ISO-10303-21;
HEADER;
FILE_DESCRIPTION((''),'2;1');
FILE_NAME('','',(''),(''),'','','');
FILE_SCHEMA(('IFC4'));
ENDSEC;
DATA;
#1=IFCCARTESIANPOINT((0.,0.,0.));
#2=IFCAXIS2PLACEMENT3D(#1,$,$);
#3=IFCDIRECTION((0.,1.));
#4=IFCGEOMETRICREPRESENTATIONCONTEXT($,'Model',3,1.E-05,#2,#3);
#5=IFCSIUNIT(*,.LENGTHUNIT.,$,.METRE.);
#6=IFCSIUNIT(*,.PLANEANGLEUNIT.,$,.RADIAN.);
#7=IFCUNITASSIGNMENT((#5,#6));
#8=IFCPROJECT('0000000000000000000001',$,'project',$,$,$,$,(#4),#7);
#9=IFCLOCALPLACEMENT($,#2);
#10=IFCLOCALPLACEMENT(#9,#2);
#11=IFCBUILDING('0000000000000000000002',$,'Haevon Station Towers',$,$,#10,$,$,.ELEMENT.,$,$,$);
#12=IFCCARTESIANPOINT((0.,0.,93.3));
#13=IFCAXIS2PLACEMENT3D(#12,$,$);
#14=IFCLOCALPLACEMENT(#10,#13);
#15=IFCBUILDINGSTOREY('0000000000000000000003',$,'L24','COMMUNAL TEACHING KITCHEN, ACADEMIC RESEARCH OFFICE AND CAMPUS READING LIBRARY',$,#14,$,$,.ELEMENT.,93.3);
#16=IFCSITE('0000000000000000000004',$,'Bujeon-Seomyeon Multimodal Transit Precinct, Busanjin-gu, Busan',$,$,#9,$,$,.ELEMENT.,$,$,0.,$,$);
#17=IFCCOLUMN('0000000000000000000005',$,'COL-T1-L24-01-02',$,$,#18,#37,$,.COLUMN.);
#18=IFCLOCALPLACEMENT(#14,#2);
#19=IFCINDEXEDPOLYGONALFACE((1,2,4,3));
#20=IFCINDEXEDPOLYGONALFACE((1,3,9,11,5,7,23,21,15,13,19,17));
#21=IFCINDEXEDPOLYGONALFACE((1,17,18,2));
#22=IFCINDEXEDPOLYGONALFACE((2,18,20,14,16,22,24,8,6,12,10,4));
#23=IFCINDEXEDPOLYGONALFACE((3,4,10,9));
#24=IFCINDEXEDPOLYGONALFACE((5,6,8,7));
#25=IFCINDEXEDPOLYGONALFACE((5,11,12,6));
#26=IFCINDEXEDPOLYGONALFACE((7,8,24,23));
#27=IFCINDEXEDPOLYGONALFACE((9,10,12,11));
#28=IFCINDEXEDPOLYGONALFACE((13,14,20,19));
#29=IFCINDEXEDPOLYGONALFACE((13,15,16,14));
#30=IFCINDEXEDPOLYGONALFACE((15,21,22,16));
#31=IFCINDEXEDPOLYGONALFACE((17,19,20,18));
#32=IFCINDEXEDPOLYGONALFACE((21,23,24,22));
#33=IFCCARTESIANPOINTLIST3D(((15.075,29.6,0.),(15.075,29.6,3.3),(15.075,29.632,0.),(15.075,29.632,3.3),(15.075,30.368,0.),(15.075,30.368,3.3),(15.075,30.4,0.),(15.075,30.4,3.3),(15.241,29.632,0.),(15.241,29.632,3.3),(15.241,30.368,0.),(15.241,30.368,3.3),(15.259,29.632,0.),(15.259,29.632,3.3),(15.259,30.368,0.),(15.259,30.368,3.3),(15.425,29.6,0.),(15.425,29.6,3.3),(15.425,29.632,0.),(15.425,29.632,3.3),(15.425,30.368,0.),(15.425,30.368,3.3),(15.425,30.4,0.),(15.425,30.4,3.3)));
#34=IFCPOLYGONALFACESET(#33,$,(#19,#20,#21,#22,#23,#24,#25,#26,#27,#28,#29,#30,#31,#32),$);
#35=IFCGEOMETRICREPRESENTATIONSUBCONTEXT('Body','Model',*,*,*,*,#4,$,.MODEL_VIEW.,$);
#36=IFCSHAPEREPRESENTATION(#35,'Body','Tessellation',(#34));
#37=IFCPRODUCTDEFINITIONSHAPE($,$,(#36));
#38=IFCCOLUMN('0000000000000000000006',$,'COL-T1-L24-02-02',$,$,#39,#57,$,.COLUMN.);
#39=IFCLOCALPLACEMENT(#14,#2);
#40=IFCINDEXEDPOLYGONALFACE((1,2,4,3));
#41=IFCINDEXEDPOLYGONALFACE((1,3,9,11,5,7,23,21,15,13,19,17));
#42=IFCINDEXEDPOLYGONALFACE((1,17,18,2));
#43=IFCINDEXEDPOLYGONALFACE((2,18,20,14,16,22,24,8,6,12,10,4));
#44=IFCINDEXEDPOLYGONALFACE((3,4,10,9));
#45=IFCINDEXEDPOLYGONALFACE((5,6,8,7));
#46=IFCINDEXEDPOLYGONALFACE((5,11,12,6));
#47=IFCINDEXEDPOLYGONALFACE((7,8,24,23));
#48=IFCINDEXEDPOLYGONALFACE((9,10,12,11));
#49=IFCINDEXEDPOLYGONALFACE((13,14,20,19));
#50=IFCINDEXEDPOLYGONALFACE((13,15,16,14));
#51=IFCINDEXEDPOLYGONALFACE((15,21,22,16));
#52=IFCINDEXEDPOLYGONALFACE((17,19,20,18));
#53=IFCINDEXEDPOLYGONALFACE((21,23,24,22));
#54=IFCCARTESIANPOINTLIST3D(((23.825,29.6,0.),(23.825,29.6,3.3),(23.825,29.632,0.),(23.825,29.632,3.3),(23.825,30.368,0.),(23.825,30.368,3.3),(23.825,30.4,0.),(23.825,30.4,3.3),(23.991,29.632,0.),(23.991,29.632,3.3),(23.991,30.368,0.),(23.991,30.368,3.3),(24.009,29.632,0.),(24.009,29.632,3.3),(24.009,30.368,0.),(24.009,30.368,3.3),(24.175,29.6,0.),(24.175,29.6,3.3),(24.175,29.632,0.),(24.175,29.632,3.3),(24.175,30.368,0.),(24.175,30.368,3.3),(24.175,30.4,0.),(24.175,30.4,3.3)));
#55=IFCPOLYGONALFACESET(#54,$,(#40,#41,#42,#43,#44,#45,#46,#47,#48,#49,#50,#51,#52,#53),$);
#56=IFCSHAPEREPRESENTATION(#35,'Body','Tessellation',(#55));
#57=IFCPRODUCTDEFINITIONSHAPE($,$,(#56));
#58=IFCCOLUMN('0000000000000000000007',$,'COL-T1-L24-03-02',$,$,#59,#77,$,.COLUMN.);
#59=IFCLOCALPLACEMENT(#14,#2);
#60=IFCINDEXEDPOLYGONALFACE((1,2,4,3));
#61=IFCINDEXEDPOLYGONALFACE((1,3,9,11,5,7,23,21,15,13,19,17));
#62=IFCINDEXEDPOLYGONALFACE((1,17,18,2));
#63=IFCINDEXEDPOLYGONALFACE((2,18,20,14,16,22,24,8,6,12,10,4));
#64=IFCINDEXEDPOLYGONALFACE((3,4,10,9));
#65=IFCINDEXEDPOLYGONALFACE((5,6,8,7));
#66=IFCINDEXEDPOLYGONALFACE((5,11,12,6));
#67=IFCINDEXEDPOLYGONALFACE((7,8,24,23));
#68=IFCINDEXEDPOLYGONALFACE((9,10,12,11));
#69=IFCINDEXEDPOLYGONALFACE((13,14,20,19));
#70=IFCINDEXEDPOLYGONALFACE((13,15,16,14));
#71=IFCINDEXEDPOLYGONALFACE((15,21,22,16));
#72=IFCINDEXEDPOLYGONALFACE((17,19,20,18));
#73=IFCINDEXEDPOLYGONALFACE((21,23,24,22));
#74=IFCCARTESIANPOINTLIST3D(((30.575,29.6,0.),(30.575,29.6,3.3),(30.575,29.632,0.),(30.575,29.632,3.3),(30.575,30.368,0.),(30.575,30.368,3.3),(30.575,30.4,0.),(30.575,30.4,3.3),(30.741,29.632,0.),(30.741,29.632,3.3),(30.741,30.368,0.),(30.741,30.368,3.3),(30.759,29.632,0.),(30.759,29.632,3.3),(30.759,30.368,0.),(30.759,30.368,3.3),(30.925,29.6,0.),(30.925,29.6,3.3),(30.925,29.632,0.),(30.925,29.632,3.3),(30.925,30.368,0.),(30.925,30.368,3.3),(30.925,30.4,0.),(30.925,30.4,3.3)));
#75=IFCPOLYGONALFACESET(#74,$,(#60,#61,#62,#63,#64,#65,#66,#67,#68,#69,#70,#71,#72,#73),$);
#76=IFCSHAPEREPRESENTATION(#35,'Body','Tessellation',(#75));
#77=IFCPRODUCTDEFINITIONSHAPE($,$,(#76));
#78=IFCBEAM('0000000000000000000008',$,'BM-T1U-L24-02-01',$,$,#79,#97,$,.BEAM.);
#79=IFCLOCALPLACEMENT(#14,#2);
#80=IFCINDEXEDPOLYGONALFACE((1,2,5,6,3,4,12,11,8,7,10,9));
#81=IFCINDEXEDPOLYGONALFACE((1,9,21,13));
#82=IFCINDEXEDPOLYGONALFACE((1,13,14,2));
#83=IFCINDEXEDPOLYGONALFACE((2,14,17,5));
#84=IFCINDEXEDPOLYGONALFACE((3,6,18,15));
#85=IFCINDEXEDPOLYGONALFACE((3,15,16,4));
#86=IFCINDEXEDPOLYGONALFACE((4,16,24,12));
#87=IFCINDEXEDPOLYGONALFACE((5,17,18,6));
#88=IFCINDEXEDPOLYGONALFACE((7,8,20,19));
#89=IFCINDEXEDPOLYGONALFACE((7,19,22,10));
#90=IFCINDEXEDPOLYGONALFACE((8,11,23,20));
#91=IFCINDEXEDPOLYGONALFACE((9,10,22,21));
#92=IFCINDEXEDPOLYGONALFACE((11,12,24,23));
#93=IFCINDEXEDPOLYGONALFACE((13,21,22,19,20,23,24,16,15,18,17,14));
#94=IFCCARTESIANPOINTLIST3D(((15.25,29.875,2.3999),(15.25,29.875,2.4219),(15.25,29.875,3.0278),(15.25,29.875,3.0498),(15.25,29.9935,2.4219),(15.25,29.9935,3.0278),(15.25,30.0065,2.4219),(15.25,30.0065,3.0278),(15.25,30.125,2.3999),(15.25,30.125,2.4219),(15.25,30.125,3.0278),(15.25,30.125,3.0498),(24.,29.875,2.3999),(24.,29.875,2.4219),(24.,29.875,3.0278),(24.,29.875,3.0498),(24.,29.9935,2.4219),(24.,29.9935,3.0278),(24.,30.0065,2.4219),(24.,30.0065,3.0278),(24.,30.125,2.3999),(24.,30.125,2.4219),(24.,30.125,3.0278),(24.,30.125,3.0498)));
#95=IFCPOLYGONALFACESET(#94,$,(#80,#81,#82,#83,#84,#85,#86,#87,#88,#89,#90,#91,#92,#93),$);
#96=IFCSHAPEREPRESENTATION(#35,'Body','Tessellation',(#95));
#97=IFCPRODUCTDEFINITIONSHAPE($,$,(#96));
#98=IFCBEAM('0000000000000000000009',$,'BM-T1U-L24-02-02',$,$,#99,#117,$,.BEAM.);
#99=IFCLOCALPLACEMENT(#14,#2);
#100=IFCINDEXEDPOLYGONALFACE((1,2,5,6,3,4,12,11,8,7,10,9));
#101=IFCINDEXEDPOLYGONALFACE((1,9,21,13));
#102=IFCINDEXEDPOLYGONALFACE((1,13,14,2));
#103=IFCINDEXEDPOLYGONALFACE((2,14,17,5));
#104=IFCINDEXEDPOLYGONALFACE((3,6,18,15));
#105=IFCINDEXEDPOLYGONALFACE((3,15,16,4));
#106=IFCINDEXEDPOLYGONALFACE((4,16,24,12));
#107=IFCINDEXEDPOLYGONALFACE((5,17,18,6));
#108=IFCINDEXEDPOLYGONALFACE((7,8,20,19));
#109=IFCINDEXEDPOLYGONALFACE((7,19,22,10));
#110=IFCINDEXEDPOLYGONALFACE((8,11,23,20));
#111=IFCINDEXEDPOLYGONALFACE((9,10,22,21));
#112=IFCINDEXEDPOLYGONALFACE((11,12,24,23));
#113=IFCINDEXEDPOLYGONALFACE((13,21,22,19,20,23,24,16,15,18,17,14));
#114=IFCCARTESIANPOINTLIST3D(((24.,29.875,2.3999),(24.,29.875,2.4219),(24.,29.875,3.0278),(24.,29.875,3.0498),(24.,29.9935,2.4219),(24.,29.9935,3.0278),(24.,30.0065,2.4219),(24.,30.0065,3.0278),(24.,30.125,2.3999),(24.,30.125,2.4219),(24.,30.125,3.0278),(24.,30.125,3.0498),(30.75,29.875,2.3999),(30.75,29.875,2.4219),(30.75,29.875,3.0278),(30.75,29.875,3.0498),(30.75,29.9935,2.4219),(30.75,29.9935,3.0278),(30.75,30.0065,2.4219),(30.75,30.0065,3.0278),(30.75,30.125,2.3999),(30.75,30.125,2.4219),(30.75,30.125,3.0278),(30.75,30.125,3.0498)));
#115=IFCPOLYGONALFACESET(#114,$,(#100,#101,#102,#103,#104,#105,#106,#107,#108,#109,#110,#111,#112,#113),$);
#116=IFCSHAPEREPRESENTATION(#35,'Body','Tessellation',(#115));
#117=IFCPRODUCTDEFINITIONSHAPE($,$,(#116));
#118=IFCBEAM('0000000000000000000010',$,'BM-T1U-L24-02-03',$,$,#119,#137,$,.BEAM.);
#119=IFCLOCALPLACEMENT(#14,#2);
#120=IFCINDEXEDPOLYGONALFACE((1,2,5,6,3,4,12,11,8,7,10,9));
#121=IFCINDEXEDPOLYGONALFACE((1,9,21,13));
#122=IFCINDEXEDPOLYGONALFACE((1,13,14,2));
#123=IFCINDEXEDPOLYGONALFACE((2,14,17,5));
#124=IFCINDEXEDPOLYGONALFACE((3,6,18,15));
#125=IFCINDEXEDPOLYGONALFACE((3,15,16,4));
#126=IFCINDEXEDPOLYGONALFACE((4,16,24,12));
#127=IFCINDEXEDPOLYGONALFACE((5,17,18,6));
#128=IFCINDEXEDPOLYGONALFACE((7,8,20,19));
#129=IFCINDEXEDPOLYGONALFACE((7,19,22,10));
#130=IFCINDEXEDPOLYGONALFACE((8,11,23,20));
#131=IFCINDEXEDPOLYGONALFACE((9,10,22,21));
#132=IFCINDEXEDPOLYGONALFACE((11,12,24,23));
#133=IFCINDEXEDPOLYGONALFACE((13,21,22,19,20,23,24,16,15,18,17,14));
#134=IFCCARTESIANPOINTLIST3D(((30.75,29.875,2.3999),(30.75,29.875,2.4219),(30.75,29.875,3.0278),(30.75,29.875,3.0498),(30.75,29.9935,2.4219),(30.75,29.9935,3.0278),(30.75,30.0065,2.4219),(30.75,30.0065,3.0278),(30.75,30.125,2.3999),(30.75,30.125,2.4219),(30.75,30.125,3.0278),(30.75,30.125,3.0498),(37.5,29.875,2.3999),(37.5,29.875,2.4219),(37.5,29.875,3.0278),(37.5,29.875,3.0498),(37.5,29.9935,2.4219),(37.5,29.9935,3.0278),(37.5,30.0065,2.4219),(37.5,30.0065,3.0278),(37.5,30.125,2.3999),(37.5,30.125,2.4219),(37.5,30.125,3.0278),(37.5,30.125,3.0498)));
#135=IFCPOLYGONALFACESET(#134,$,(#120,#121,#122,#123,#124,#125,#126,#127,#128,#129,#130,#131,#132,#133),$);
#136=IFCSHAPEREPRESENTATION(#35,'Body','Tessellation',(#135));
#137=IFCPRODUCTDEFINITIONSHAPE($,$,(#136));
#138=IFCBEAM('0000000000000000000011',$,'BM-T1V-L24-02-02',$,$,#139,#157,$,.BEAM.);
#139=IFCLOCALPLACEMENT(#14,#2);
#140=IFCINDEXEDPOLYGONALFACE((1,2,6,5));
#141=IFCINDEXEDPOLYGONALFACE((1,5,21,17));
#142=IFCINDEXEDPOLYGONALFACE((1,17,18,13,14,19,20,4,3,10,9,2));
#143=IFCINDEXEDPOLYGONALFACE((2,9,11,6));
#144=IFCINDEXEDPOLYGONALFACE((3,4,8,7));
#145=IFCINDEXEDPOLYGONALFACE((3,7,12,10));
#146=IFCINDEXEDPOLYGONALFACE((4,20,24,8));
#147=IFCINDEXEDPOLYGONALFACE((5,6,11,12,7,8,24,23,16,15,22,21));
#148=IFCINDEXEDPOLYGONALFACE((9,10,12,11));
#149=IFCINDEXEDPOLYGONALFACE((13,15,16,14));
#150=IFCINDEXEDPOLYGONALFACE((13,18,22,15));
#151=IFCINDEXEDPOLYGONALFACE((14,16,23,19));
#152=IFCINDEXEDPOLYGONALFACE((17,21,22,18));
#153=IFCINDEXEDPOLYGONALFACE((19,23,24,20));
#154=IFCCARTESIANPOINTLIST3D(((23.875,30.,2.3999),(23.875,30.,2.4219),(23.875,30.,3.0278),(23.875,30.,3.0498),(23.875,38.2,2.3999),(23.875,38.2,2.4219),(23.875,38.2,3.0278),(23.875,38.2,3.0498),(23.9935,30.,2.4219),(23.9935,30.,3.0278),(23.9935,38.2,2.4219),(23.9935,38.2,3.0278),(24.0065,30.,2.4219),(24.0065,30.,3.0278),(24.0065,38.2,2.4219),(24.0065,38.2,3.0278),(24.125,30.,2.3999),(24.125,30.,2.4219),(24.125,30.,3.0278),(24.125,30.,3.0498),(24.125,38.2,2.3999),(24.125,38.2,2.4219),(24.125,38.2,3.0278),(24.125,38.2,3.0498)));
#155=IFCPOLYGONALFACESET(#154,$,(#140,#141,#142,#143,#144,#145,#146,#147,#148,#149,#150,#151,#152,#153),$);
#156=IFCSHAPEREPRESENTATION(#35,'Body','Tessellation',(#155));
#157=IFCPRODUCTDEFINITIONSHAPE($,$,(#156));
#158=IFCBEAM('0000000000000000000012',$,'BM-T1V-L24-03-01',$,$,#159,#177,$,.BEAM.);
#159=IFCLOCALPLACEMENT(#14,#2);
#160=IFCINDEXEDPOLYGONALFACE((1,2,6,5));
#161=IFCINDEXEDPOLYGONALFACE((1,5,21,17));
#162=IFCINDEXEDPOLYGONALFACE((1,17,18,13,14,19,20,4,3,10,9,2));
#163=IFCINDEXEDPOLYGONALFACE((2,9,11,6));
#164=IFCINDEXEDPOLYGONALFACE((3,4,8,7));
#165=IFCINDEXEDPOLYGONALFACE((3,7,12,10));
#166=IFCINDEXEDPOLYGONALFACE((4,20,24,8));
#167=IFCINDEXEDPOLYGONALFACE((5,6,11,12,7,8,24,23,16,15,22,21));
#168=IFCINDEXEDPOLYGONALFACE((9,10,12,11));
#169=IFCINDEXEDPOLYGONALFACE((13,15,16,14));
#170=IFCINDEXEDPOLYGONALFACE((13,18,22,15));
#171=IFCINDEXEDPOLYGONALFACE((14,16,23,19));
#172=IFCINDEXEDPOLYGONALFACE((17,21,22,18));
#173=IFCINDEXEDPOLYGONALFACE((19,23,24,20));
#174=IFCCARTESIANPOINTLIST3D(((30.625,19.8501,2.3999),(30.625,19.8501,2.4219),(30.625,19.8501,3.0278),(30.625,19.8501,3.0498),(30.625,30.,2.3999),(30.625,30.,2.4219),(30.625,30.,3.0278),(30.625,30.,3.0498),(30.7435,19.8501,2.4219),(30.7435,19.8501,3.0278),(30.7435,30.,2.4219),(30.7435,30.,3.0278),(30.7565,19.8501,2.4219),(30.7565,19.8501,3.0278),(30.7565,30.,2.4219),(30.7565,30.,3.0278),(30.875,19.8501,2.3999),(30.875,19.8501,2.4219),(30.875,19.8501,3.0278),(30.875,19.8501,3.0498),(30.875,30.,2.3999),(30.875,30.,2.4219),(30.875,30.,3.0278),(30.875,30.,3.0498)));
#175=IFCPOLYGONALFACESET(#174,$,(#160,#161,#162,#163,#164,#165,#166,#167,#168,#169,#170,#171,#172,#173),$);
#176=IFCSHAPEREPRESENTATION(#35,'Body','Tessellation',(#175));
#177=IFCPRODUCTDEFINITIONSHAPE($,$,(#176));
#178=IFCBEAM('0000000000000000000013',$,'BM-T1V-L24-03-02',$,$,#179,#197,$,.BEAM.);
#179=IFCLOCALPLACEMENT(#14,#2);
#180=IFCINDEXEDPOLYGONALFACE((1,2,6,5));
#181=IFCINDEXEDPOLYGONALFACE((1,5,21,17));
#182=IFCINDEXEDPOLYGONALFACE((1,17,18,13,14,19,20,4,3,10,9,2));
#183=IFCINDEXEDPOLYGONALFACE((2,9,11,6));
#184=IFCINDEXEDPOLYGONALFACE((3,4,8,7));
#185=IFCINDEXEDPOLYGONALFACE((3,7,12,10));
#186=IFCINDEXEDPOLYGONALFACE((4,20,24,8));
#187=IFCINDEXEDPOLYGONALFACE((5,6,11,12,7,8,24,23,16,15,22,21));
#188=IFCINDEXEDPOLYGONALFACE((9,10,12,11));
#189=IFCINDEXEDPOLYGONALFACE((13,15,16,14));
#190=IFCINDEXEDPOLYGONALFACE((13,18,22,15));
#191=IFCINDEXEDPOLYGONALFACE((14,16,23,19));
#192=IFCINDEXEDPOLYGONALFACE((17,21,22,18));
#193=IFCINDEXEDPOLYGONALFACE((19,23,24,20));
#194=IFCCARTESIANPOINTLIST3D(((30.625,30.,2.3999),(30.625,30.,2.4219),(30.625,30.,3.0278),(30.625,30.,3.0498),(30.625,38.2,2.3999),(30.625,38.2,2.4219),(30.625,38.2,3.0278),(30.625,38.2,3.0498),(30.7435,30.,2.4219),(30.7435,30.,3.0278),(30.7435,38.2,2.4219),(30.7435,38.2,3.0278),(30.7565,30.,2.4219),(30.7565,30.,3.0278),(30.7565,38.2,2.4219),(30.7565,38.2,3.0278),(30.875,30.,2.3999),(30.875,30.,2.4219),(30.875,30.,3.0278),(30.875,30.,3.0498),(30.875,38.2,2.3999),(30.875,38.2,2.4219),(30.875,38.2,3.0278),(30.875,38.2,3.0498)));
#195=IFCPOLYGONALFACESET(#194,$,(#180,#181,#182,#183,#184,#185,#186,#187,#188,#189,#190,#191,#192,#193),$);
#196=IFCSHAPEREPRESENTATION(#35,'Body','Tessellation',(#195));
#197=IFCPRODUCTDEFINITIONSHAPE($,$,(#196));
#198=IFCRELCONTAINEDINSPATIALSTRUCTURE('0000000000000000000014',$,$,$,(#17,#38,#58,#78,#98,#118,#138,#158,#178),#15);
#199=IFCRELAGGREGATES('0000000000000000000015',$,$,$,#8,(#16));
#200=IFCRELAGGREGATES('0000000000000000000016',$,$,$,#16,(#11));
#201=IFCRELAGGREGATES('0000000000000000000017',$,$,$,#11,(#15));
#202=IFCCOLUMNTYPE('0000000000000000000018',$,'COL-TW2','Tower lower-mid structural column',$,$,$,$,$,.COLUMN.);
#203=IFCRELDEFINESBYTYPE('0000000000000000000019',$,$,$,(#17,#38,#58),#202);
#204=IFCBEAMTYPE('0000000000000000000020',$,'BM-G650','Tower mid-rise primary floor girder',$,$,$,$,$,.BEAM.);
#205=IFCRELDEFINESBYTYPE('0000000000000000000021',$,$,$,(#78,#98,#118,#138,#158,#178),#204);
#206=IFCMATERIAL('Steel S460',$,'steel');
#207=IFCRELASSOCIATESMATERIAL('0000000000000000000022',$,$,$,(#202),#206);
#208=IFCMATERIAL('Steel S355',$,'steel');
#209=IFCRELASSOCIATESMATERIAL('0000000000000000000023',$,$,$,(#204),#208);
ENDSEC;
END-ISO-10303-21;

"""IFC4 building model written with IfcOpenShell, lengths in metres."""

from ifc_helpers import new_model, si_unit, direction, frame, origin, origin_2d, place, context, subcontext, project, spatial, i_section, extrude, material, material_profile, profile_set, type_object, element, save


model = new_model("IFC4")

# Units and contexts
model_context = context("Model", 3, precision=1e-05, world=origin(), true_north=direction((0.0, 1.0)))
body_context = subcontext(model_context, "Body", "Model", "MODEL_VIEW")
ifc_project = project(units=[si_unit("LENGTHUNIT", "METRE"), si_unit("PLANEANGLEUNIT", "RADIAN")], contexts=[model_context])

# Site, building, storey
site_placement = place(None, origin())
site = spatial("IfcSite", under=ifc_project, at=site_placement, Name="Bujeon-Seomyeon Multimodal Transit Precinct, Busanjin-gu, Busan", CompositionType="ELEMENT", RefElevation=0.0)
building_placement = place(site_placement, origin())
building = spatial("IfcBuilding", under=site, at=building_placement, Name="Haevon Station Towers", CompositionType="ELEMENT")
storey_placement = place(building_placement, frame((0.0, 0.0, 93.3)))
storey = spatial("IfcBuildingStorey", under=building, at=storey_placement, Name="L24", Description="COMMUNAL TEACHING KITCHEN, ACADEMIC RESEARCH OFFICE AND CAMPUS READING LIBRARY", CompositionType="ELEMENT", Elevation=93.3)

# Columns
ifc_material_1 = material(Name="Steel S460", Category="steel")
ifc_material_profile_1 = material_profile(ifc_material_1, i_section(OverallWidth=0.3501, OverallDepth=0.8, WebThickness=0.0181, FlangeThickness=0.032, at=origin_2d()), Name="H-800x350x18x32")
ifc_profile_set_1 = profile_set([ifc_material_profile_1], Name="Steel S460")
column_type = type_object("IfcColumnType", Name="COL-TW2", Description="Tower lower-mid structural column", PredefinedType="COLUMN", material=ifc_profile_set_1)
for number, where, z_axis, x_axis, name in (
    (1, (15.25, 30.0, 0.0), (0.0, 0.0, 1.0), (1.0, 0.0, 0.0), "COL-T1-L24-01-02"),
    (2, (24.0, 30.0, 0.0), (0.0, 0.0, 1.0), (1.0, 0.0, 0.0), "COL-T1-L24-02-02"),
    (3, (30.75, 30.0, 0.0), (0.0, 0.0, 1.0), (1.0, 0.0, 0.0), "COL-T1-L24-03-02"),
):
    element("IfcColumn", number, at=place(storey_placement, frame(where, z_axis=z_axis, x_axis=x_axis)), inside=storey, type_object=column_type, Name=name, PredefinedType="COLUMN", context=body_context, shape_type="SweptSolid", body=[
        extrude(i_section(OverallWidth=0.3501, OverallDepth=0.8, WebThickness=0.0181, FlangeThickness=0.032, at=origin_2d()), origin(), (0.0, 0.0, 1.0), 3.3),
    ])

# Beams
ifc_material_2 = material(Name="Steel S355", Category="steel")
ifc_material_profile_2 = material_profile(ifc_material_2, i_section(OverallWidth=0.25, OverallDepth=0.6499, WebThickness=0.0129, FlangeThickness=0.022, at=origin_2d()), Name="H-650x250x13x22")
ifc_profile_set_2 = profile_set([ifc_material_profile_2], Name="Steel S355")
beam_type_1 = type_object("IfcBeamType", Name="BM-G650", Description="Tower mid-rise primary floor girder", PredefinedType="BEAM", material=ifc_profile_set_2)
beam_1_placement = place(storey_placement, frame((15.25, 30.0, 2.7249), z_axis=(1.0, 0.0, 0.0), x_axis=(0.0, 1.0, 0.0)))
element("IfcBeam", 4, at=beam_1_placement, inside=storey, type_object=beam_type_1, Name="BM-T1U-L24-02-01", PredefinedType="BEAM", context=body_context, shape_type="SweptSolid", body=[
    extrude(i_section(OverallWidth=0.25, OverallDepth=0.6499, WebThickness=0.0129, FlangeThickness=0.022, at=origin_2d()), origin(), (0.0, 0.0, 1.0), 8.75),
])
for number, where, z_axis, x_axis, name in (
    (5, (24.0, 30.0, 2.7249), (1.0, 0.0, 0.0), (0.0, 1.0, 0.0), "BM-T1U-L24-02-02"),
    (6, (30.75, 30.0, 2.7249), (1.0, 0.0, 0.0), (0.0, 1.0, 0.0), "BM-T1U-L24-02-03"),
):
    element("IfcBeam", number, at=place(storey_placement, frame(where, z_axis=z_axis, x_axis=x_axis)), inside=storey, type_object=beam_type_1, Name=name, PredefinedType="BEAM", context=body_context, shape_type="SweptSolid", body=[
        extrude(i_section(OverallWidth=0.25, OverallDepth=0.6499, WebThickness=0.0129, FlangeThickness=0.022, at=origin_2d()), origin(), (0.0, 0.0, 1.0), 6.75),
    ])
beam_2_placement = place(storey_placement, frame((24.0, 30.0, 2.7249), z_axis=(0.0, 1.0, 0.0), x_axis=(-1.0, 0.0, 0.0)))
element("IfcBeam", 7, at=beam_2_placement, inside=storey, type_object=beam_type_1, Name="BM-T1V-L24-02-02", PredefinedType="BEAM", context=body_context, shape_type="SweptSolid", body=[
    extrude(i_section(OverallWidth=0.25, OverallDepth=0.6499, WebThickness=0.0129, FlangeThickness=0.022, at=origin_2d()), origin(), (0.0, 0.0, 1.0), 8.2),
])
beam_3_placement = place(storey_placement, frame((30.75, 19.8501, 2.7249), z_axis=(0.0, 1.0, 0.0), x_axis=(-1.0, 0.0, 0.0)))
element("IfcBeam", 8, at=beam_3_placement, inside=storey, type_object=beam_type_1, Name="BM-T1V-L24-03-01", PredefinedType="BEAM", context=body_context, shape_type="SweptSolid", body=[
    extrude(i_section(OverallWidth=0.25, OverallDepth=0.6499, WebThickness=0.0129, FlangeThickness=0.022, at=origin_2d()), origin(), (0.0, 0.0, 1.0), 10.1499),
])
beam_4_placement = place(storey_placement, frame((30.75, 30.0, 2.7249), z_axis=(0.0, 1.0, 0.0), x_axis=(-1.0, 0.0, 0.0)))
element("IfcBeam", 9, at=beam_4_placement, inside=storey, type_object=beam_type_1, Name="BM-T1V-L24-03-02", PredefinedType="BEAM", context=body_context, shape_type="SweptSolid", body=[
    extrude(i_section(OverallWidth=0.25, OverallDepth=0.6499, WebThickness=0.0129, FlangeThickness=0.022, at=origin_2d()), origin(), (0.0, 0.0, 1.0), 8.2),
])

save(model, "model.ifc")
